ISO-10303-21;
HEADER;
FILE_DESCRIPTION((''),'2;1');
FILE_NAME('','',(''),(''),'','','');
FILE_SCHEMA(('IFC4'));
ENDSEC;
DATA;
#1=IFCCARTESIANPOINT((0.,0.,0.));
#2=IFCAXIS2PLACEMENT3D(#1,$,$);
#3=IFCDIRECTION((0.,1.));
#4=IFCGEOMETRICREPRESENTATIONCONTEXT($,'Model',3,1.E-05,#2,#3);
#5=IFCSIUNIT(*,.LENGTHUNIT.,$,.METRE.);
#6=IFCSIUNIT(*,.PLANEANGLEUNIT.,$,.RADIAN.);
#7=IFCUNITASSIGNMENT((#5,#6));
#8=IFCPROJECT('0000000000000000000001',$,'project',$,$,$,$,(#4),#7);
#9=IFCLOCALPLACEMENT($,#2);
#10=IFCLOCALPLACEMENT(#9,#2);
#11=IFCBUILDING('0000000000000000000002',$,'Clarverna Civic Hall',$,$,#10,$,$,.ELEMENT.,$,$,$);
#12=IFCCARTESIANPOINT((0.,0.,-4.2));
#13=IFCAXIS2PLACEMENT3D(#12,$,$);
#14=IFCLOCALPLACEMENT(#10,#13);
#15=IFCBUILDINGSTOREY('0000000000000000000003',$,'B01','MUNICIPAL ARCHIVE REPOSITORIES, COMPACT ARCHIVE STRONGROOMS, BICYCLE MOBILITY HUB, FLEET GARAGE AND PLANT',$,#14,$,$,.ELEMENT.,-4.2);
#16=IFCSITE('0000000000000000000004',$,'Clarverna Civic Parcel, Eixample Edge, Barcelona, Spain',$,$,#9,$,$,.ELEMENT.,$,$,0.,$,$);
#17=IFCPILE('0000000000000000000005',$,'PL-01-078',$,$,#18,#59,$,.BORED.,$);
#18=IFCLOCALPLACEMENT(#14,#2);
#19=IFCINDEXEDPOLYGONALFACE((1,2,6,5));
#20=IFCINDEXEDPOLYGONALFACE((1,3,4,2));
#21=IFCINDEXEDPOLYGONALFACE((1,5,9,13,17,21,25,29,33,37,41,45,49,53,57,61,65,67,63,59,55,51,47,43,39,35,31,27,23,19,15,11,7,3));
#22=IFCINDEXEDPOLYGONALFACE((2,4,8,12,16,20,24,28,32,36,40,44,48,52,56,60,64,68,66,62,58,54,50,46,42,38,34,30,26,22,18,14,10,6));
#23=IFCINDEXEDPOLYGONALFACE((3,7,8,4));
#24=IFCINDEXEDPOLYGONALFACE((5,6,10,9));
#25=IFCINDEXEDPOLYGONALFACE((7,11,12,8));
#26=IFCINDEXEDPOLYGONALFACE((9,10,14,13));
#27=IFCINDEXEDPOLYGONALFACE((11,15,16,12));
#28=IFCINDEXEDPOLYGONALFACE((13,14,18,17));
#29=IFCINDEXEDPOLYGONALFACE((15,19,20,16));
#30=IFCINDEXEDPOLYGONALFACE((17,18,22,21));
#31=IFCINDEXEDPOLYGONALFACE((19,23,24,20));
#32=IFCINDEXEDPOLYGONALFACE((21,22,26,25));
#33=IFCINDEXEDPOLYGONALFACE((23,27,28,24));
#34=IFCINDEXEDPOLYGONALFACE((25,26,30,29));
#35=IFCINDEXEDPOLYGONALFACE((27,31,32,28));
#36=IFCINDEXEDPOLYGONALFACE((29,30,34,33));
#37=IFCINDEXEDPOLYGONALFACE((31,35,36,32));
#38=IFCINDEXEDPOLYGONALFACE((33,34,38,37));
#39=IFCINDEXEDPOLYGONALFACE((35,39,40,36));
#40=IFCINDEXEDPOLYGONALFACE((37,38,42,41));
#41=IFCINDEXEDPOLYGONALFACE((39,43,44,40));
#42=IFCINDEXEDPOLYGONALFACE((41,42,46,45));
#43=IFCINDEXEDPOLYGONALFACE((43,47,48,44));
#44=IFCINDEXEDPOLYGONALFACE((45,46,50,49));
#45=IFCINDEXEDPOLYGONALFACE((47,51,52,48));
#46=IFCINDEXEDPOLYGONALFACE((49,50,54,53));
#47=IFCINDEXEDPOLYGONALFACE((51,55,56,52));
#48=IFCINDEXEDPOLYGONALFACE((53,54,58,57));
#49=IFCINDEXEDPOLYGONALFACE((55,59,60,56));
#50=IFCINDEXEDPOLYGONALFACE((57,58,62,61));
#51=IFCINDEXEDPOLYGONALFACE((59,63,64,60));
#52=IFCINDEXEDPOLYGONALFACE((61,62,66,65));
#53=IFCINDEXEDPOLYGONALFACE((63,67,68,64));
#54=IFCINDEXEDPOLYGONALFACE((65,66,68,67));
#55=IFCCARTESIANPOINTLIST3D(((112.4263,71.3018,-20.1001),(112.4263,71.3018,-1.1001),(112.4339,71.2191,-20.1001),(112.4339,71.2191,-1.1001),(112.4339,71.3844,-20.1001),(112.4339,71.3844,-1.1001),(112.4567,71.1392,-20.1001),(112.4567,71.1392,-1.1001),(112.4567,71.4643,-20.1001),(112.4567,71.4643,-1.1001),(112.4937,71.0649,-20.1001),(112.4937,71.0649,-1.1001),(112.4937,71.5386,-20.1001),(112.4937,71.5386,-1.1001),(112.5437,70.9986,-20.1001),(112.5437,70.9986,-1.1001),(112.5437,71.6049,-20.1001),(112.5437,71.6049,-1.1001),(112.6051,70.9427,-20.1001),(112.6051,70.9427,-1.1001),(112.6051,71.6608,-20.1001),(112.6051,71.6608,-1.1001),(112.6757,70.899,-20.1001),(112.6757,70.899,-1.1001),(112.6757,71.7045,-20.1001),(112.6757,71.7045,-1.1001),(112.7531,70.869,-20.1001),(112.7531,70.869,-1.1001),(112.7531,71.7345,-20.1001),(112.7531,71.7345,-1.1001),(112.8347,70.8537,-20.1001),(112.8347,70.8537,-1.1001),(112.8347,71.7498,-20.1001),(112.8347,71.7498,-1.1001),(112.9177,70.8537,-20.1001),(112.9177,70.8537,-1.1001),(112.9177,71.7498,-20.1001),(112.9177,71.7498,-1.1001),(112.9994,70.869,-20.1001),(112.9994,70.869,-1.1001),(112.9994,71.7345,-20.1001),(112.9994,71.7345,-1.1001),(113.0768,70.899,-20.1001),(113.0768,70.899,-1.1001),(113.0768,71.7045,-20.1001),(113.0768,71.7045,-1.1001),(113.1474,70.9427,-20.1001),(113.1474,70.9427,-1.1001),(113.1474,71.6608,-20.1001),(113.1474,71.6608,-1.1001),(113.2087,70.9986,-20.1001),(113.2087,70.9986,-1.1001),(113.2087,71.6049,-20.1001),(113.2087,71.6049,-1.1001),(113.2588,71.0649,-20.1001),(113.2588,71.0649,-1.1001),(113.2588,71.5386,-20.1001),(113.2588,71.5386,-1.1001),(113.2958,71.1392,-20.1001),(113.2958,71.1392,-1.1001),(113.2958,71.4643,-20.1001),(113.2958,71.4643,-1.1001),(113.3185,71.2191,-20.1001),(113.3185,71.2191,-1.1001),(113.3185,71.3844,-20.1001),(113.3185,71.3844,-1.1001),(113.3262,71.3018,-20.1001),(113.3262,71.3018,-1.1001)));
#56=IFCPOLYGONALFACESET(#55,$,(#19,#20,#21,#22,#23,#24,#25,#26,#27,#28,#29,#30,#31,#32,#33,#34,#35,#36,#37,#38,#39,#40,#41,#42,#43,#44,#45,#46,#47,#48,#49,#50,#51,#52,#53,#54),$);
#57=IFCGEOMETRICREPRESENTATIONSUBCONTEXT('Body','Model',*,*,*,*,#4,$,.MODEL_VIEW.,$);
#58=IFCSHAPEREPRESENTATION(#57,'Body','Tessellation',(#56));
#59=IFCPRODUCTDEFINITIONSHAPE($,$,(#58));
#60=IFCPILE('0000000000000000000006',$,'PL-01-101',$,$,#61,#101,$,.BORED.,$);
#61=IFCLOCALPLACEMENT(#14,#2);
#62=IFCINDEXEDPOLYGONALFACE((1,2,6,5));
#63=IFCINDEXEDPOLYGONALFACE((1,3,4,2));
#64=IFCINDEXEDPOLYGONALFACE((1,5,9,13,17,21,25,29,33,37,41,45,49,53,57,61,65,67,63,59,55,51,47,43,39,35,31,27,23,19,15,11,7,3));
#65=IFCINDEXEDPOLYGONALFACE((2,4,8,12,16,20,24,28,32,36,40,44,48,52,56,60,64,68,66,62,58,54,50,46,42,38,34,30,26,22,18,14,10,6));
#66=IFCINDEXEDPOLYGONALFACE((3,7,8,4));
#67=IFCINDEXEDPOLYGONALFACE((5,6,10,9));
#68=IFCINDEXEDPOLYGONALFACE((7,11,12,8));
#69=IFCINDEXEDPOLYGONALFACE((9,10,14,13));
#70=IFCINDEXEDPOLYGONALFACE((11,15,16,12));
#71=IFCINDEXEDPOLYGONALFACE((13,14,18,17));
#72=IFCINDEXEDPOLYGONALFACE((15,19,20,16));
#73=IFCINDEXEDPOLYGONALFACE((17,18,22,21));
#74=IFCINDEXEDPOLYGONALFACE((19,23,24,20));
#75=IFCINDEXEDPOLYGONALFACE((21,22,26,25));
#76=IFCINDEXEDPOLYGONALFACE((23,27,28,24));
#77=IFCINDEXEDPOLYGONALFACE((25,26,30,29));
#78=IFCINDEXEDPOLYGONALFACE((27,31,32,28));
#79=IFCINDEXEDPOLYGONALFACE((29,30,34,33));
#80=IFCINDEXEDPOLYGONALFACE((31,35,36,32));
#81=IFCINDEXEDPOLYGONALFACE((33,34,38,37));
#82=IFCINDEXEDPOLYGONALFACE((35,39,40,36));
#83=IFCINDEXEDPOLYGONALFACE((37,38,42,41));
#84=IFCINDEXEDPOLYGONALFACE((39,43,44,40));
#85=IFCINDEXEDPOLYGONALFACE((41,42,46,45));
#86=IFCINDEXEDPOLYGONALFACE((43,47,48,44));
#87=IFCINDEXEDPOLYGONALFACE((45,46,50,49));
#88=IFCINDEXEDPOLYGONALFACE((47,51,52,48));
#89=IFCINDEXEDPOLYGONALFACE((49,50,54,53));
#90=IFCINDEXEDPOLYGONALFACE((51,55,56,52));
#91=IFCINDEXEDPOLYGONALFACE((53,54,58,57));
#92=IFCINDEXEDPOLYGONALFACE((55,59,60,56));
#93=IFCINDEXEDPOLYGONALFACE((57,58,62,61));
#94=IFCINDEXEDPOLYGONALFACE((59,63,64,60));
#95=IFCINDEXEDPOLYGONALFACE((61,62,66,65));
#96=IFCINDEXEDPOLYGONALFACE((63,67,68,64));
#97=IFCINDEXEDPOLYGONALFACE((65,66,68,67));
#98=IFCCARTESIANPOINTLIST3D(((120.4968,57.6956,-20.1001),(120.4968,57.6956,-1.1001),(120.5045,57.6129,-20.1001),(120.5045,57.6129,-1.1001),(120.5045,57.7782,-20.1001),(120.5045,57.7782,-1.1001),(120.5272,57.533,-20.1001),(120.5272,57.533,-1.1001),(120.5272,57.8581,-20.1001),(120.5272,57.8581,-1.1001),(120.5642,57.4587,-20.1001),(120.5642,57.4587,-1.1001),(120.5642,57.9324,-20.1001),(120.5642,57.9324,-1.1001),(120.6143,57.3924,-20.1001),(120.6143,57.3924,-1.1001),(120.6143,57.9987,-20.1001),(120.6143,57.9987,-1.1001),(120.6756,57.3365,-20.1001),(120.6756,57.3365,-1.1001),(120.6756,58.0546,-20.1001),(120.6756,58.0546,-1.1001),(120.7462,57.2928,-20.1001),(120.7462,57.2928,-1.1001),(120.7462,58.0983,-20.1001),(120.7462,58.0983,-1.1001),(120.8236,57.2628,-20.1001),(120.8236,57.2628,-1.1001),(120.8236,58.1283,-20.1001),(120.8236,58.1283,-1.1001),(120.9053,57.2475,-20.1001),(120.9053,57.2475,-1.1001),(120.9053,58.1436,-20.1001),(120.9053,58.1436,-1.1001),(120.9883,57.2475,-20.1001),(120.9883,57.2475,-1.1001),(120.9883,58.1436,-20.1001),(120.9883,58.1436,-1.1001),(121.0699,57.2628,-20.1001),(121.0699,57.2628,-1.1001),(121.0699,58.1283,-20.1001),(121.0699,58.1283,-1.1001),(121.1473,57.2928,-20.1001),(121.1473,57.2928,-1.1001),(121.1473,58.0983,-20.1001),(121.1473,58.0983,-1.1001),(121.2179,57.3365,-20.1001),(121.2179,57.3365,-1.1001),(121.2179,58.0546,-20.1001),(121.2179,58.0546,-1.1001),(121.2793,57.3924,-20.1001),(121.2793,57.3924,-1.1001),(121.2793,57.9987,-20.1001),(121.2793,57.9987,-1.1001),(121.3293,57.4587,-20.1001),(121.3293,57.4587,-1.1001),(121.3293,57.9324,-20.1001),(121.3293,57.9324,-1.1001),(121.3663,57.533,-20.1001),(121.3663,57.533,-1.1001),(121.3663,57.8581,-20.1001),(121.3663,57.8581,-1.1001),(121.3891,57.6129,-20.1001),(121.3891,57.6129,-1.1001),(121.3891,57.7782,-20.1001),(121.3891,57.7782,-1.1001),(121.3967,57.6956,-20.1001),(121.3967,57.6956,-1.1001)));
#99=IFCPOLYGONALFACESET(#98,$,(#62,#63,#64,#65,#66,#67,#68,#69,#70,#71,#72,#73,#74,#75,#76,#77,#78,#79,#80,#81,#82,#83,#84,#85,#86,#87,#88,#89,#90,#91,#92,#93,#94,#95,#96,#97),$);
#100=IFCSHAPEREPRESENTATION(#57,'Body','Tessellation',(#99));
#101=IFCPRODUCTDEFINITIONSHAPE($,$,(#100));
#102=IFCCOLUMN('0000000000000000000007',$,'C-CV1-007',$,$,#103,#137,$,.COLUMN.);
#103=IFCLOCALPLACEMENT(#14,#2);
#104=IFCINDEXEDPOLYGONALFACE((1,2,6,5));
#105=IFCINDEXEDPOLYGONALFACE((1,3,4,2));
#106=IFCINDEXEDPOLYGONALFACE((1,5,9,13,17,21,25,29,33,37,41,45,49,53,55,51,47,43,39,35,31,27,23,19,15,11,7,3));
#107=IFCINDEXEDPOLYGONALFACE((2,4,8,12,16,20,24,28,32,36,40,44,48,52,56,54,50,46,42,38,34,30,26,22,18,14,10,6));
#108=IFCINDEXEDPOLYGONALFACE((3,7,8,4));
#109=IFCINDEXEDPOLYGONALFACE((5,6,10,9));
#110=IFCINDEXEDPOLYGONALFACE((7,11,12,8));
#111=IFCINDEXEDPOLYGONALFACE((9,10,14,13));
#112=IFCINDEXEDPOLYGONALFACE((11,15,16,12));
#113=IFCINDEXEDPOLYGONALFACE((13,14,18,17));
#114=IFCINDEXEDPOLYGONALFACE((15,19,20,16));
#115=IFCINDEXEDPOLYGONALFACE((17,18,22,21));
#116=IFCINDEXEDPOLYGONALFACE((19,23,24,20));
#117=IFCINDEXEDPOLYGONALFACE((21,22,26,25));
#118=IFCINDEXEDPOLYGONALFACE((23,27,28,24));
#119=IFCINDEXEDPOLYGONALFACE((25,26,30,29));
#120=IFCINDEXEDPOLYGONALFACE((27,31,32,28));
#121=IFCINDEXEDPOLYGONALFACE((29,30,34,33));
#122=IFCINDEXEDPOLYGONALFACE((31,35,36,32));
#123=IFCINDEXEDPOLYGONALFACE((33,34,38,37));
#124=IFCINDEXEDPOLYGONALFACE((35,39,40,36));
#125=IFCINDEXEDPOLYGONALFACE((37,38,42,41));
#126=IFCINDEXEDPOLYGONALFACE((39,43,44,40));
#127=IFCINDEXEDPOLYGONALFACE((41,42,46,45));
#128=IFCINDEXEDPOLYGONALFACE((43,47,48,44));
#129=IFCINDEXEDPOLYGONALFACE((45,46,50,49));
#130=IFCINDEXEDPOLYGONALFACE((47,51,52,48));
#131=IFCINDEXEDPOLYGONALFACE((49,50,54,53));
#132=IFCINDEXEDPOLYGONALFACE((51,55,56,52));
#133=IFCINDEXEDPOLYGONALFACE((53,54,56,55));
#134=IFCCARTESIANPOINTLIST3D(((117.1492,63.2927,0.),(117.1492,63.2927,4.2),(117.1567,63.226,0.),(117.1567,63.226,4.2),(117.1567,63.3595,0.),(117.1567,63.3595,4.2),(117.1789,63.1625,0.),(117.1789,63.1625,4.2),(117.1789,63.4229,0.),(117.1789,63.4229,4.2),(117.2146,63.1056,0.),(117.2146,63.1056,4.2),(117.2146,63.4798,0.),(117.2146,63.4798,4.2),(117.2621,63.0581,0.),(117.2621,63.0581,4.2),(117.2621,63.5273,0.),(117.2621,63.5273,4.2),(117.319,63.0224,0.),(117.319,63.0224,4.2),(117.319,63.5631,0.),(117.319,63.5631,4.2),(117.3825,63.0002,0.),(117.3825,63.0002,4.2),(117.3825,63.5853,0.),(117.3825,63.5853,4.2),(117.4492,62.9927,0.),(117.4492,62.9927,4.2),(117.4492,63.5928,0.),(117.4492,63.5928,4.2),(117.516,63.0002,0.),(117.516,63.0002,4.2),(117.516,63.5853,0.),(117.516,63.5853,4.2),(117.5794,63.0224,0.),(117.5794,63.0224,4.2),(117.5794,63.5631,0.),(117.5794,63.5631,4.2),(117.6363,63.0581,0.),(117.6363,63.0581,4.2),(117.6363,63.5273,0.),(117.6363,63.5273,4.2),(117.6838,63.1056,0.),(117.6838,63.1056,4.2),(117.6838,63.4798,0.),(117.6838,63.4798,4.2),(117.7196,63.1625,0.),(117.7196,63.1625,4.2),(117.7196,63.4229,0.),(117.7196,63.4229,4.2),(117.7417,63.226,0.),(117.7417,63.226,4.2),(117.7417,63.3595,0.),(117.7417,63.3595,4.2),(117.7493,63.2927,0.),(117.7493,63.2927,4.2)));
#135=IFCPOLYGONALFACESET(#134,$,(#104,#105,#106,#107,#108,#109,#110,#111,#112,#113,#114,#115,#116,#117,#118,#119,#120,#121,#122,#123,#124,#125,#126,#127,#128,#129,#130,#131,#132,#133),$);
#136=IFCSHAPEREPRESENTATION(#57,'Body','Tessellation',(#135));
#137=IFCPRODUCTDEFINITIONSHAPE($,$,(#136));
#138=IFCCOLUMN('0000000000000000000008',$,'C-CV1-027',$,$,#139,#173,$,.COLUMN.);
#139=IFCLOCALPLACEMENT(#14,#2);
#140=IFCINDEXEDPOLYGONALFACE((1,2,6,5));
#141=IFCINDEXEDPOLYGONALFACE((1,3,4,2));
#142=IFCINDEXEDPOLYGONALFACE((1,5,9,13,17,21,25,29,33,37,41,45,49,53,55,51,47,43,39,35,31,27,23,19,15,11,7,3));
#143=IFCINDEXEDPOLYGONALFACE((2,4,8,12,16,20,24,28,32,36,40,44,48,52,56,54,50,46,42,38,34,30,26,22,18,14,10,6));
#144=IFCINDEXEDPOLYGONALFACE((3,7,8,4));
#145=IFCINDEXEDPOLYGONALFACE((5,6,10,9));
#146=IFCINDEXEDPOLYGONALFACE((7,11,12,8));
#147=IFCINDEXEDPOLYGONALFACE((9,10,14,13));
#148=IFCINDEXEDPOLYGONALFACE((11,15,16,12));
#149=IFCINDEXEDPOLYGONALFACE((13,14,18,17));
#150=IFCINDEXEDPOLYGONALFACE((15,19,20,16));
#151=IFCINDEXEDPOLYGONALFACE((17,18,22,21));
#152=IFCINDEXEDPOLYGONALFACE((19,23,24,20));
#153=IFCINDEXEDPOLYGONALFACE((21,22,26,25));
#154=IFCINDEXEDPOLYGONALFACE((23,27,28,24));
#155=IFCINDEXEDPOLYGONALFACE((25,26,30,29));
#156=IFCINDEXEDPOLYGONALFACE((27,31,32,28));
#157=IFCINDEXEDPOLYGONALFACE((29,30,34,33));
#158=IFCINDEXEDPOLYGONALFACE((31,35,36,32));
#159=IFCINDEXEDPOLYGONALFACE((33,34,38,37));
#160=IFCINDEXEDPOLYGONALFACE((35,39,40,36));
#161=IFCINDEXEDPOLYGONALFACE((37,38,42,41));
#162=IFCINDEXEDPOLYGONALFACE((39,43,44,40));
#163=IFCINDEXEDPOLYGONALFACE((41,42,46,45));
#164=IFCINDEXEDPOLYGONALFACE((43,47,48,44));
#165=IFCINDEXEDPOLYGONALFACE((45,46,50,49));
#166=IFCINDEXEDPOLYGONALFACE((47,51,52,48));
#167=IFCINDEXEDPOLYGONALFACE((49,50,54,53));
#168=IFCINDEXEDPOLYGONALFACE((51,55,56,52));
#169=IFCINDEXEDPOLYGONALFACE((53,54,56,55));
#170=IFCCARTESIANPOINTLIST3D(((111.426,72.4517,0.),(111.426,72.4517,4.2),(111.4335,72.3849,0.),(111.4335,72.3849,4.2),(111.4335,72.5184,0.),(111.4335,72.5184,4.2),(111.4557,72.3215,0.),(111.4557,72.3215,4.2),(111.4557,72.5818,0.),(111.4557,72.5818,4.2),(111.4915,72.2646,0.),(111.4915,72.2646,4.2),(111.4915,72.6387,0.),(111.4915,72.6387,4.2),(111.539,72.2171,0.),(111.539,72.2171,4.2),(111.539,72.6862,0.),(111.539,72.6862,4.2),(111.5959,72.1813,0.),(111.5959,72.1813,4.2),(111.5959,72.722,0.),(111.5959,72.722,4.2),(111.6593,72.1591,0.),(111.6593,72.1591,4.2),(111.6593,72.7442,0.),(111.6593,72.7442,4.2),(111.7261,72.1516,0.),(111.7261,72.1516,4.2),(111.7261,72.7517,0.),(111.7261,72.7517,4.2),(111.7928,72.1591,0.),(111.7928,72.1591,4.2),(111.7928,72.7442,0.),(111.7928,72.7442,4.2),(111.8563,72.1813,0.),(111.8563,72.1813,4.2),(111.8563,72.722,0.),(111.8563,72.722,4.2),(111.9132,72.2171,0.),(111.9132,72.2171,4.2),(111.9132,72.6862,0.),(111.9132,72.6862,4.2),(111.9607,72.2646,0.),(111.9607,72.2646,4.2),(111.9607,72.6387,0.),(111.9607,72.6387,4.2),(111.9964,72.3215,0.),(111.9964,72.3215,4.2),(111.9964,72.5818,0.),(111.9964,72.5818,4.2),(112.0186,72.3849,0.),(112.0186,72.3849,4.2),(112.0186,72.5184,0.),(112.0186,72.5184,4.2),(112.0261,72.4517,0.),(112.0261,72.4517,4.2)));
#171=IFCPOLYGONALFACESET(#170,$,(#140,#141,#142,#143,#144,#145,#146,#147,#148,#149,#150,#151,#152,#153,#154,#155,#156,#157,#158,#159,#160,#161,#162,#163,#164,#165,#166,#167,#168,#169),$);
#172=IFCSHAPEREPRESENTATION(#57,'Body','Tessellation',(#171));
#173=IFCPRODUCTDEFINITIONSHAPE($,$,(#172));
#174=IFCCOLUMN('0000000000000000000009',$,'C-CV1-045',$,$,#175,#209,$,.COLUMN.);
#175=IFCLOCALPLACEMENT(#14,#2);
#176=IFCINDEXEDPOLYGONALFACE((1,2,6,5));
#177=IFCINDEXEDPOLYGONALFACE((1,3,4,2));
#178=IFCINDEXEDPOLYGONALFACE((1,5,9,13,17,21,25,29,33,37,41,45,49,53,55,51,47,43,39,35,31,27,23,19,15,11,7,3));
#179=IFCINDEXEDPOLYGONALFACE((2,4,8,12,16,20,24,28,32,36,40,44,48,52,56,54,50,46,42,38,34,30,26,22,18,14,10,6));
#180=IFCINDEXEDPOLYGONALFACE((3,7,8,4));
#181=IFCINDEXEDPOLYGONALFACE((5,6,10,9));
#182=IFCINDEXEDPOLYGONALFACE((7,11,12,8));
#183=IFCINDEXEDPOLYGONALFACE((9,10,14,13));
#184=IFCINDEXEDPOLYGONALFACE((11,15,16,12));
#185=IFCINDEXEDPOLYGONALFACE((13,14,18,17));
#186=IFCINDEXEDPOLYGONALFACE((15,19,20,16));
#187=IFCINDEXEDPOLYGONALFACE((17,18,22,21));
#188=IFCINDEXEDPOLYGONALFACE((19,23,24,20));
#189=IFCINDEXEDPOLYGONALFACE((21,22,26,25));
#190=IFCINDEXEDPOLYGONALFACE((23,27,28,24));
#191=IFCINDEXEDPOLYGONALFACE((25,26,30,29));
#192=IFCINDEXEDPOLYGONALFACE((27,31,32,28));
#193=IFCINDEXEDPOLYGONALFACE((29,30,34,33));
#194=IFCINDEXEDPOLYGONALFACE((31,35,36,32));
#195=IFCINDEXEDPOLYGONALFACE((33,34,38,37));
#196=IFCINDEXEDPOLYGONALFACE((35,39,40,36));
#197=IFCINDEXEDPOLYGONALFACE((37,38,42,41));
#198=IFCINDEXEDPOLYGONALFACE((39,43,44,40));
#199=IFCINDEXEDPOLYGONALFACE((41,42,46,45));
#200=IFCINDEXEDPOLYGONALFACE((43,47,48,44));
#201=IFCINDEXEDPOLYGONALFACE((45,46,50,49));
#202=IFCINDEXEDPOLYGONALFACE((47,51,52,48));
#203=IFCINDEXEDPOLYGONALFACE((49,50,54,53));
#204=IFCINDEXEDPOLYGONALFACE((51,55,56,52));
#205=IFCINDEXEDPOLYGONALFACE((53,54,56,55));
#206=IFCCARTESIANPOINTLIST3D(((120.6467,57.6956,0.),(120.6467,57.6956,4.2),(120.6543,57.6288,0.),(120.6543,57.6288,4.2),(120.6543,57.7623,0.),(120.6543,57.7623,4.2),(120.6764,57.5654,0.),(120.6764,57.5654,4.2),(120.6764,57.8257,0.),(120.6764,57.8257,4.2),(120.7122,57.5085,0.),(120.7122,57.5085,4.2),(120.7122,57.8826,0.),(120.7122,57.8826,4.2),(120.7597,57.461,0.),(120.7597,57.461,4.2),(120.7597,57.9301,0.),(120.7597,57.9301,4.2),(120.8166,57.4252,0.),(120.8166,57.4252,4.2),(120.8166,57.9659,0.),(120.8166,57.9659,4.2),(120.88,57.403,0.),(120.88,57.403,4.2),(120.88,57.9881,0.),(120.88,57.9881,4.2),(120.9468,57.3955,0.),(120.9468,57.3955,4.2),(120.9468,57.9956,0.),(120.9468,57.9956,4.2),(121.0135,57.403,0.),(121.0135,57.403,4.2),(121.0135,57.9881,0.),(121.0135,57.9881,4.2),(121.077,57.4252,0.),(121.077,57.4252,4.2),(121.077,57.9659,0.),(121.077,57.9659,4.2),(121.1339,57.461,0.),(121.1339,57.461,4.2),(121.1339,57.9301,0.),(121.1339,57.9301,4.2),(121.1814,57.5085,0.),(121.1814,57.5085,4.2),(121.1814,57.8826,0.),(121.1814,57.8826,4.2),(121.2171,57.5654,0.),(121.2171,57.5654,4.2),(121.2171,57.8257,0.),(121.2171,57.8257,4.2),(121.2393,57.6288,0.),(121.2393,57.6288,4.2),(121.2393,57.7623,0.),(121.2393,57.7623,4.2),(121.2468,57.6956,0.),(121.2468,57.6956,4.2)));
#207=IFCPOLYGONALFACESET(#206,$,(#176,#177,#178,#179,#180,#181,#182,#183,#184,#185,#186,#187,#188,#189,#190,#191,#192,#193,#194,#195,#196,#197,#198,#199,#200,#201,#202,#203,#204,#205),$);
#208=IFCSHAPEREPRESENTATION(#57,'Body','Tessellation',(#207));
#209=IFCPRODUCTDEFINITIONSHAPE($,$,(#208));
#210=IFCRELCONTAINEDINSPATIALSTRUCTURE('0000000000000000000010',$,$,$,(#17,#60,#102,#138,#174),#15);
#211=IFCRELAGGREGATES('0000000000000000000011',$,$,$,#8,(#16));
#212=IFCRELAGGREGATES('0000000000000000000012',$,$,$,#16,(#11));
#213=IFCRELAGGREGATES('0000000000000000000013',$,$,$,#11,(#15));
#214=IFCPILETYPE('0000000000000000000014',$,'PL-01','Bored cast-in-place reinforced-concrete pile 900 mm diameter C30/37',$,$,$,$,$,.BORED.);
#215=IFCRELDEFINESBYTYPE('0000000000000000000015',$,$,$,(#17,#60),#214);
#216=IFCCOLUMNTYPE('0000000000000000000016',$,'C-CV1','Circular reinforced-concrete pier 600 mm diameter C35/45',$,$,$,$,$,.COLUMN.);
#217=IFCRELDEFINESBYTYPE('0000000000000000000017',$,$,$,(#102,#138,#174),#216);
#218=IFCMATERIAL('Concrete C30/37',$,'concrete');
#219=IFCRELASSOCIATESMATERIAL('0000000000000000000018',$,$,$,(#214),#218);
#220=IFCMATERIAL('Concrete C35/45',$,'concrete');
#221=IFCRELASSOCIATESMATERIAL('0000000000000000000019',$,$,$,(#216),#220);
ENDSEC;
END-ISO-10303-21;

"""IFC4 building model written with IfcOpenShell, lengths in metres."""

from ifc_helpers import new_model, si_unit, direction, frame, origin, origin_2d, place, context, subcontext, project, spatial, circle, extrude, material, material_profile, profile_set, type_object, element, save


model = new_model("IFC4")

# Units and contexts
model_context = context("Model", 3, precision=1e-05, world=origin(), true_north=direction((0.0, 1.0)))
body_context = subcontext(model_context, "Body", "Model", "MODEL_VIEW")
ifc_project = project(units=[si_unit("LENGTHUNIT", "METRE"), si_unit("PLANEANGLEUNIT", "RADIAN")], contexts=[model_context])

# Site, building, storey
site_placement = place(None, origin())
site = spatial("IfcSite", under=ifc_project, at=site_placement, Name="Clarverna Civic Parcel, Eixample Edge, Barcelona, Spain", CompositionType="ELEMENT", RefElevation=0.0)
building_placement = place(site_placement, origin())
building = spatial("IfcBuilding", under=site, at=building_placement, Name="Clarverna Civic Hall", CompositionType="ELEMENT")
storey_placement = place(building_placement, frame((0.0, 0.0, -4.2)))
storey = spatial("IfcBuildingStorey", under=building, at=storey_placement, Name="B01", Description="MUNICIPAL ARCHIVE REPOSITORIES, COMPACT ARCHIVE STRONGROOMS, BICYCLE MOBILITY HUB, FLEET GARAGE AND PLANT", CompositionType="ELEMENT", Elevation=-4.2)

# Shared definitions
ifc_material_1 = material(Name="Concrete C30/37", Category="concrete")

# Piles
ifc_material_profile_1 = material_profile(ifc_material_1, circle(Radius=0.45, at=origin_2d()), Name="BORED PILE D900")
ifc_profile_set_1 = profile_set([ifc_material_profile_1], Name="Concrete C30/37")
pile_type = type_object("IfcPileType", Name="PL-01", Description="Bored cast-in-place reinforced-concrete pile 900 mm diameter C30/37", PredefinedType="BORED", material=ifc_profile_set_1)
for number, where, z_axis, x_axis, name in (
    (1, (112.8762, 71.3018, -1.1001), (0.0, 0.0, -1.0), (1.0, 0.0, 0.0), "PL-01-078"),
    (2, (120.9468, 57.6956, -1.1001), (0.0, 0.0, -1.0), (1.0, 0.0, 0.0), "PL-01-101"),
):
    element("IfcPile", number, at=place(storey_placement, frame(where, z_axis=z_axis, x_axis=x_axis)), inside=storey, type_object=pile_type, Name=name, PredefinedType="BORED", context=body_context, shape_type="SweptSolid", body=[
        extrude(circle(Radius=0.45, at=origin_2d()), origin(), (0.0, 0.0, 1.0), 19.0),
    ])

# Columns
ifc_material_2 = material(Name="Concrete C35/45", Category="concrete")
ifc_material_profile_2 = material_profile(ifc_material_2, circle(Radius=0.3, at=origin_2d()), Name="RC D600")
ifc_profile_set_2 = profile_set([ifc_material_profile_2], Name="Concrete C35/45")
column_type = type_object("IfcColumnType", Name="C-CV1", Description="Circular reinforced-concrete pier 600 mm diameter C35/45", PredefinedType="COLUMN", material=ifc_profile_set_2)
for number, where, z_axis, x_axis, name in (
    (3, (117.4492, 63.2927, 0.0), (0.0, 0.0, 1.0), (1.0, 0.0, 0.0), "C-CV1-007"),
    (4, (111.7261, 72.4517, 0.0), (0.0, 0.0, 1.0), (1.0, 0.0, 0.0), "C-CV1-027"),
    (5, (120.9468, 57.6956, 0.0), (0.0, 0.0, 1.0), (1.0, 0.0, 0.0), "C-CV1-045"),
):
    element("IfcColumn", number, at=place(storey_placement, frame(where, z_axis=z_axis, x_axis=x_axis)), inside=storey, type_object=column_type, Name=name, PredefinedType="COLUMN", context=body_context, shape_type="SweptSolid", body=[
        extrude(circle(Radius=0.3, at=origin_2d()), origin(), (0.0, 0.0, 1.0), 4.2),
    ])

save(model, "model.ifc")
